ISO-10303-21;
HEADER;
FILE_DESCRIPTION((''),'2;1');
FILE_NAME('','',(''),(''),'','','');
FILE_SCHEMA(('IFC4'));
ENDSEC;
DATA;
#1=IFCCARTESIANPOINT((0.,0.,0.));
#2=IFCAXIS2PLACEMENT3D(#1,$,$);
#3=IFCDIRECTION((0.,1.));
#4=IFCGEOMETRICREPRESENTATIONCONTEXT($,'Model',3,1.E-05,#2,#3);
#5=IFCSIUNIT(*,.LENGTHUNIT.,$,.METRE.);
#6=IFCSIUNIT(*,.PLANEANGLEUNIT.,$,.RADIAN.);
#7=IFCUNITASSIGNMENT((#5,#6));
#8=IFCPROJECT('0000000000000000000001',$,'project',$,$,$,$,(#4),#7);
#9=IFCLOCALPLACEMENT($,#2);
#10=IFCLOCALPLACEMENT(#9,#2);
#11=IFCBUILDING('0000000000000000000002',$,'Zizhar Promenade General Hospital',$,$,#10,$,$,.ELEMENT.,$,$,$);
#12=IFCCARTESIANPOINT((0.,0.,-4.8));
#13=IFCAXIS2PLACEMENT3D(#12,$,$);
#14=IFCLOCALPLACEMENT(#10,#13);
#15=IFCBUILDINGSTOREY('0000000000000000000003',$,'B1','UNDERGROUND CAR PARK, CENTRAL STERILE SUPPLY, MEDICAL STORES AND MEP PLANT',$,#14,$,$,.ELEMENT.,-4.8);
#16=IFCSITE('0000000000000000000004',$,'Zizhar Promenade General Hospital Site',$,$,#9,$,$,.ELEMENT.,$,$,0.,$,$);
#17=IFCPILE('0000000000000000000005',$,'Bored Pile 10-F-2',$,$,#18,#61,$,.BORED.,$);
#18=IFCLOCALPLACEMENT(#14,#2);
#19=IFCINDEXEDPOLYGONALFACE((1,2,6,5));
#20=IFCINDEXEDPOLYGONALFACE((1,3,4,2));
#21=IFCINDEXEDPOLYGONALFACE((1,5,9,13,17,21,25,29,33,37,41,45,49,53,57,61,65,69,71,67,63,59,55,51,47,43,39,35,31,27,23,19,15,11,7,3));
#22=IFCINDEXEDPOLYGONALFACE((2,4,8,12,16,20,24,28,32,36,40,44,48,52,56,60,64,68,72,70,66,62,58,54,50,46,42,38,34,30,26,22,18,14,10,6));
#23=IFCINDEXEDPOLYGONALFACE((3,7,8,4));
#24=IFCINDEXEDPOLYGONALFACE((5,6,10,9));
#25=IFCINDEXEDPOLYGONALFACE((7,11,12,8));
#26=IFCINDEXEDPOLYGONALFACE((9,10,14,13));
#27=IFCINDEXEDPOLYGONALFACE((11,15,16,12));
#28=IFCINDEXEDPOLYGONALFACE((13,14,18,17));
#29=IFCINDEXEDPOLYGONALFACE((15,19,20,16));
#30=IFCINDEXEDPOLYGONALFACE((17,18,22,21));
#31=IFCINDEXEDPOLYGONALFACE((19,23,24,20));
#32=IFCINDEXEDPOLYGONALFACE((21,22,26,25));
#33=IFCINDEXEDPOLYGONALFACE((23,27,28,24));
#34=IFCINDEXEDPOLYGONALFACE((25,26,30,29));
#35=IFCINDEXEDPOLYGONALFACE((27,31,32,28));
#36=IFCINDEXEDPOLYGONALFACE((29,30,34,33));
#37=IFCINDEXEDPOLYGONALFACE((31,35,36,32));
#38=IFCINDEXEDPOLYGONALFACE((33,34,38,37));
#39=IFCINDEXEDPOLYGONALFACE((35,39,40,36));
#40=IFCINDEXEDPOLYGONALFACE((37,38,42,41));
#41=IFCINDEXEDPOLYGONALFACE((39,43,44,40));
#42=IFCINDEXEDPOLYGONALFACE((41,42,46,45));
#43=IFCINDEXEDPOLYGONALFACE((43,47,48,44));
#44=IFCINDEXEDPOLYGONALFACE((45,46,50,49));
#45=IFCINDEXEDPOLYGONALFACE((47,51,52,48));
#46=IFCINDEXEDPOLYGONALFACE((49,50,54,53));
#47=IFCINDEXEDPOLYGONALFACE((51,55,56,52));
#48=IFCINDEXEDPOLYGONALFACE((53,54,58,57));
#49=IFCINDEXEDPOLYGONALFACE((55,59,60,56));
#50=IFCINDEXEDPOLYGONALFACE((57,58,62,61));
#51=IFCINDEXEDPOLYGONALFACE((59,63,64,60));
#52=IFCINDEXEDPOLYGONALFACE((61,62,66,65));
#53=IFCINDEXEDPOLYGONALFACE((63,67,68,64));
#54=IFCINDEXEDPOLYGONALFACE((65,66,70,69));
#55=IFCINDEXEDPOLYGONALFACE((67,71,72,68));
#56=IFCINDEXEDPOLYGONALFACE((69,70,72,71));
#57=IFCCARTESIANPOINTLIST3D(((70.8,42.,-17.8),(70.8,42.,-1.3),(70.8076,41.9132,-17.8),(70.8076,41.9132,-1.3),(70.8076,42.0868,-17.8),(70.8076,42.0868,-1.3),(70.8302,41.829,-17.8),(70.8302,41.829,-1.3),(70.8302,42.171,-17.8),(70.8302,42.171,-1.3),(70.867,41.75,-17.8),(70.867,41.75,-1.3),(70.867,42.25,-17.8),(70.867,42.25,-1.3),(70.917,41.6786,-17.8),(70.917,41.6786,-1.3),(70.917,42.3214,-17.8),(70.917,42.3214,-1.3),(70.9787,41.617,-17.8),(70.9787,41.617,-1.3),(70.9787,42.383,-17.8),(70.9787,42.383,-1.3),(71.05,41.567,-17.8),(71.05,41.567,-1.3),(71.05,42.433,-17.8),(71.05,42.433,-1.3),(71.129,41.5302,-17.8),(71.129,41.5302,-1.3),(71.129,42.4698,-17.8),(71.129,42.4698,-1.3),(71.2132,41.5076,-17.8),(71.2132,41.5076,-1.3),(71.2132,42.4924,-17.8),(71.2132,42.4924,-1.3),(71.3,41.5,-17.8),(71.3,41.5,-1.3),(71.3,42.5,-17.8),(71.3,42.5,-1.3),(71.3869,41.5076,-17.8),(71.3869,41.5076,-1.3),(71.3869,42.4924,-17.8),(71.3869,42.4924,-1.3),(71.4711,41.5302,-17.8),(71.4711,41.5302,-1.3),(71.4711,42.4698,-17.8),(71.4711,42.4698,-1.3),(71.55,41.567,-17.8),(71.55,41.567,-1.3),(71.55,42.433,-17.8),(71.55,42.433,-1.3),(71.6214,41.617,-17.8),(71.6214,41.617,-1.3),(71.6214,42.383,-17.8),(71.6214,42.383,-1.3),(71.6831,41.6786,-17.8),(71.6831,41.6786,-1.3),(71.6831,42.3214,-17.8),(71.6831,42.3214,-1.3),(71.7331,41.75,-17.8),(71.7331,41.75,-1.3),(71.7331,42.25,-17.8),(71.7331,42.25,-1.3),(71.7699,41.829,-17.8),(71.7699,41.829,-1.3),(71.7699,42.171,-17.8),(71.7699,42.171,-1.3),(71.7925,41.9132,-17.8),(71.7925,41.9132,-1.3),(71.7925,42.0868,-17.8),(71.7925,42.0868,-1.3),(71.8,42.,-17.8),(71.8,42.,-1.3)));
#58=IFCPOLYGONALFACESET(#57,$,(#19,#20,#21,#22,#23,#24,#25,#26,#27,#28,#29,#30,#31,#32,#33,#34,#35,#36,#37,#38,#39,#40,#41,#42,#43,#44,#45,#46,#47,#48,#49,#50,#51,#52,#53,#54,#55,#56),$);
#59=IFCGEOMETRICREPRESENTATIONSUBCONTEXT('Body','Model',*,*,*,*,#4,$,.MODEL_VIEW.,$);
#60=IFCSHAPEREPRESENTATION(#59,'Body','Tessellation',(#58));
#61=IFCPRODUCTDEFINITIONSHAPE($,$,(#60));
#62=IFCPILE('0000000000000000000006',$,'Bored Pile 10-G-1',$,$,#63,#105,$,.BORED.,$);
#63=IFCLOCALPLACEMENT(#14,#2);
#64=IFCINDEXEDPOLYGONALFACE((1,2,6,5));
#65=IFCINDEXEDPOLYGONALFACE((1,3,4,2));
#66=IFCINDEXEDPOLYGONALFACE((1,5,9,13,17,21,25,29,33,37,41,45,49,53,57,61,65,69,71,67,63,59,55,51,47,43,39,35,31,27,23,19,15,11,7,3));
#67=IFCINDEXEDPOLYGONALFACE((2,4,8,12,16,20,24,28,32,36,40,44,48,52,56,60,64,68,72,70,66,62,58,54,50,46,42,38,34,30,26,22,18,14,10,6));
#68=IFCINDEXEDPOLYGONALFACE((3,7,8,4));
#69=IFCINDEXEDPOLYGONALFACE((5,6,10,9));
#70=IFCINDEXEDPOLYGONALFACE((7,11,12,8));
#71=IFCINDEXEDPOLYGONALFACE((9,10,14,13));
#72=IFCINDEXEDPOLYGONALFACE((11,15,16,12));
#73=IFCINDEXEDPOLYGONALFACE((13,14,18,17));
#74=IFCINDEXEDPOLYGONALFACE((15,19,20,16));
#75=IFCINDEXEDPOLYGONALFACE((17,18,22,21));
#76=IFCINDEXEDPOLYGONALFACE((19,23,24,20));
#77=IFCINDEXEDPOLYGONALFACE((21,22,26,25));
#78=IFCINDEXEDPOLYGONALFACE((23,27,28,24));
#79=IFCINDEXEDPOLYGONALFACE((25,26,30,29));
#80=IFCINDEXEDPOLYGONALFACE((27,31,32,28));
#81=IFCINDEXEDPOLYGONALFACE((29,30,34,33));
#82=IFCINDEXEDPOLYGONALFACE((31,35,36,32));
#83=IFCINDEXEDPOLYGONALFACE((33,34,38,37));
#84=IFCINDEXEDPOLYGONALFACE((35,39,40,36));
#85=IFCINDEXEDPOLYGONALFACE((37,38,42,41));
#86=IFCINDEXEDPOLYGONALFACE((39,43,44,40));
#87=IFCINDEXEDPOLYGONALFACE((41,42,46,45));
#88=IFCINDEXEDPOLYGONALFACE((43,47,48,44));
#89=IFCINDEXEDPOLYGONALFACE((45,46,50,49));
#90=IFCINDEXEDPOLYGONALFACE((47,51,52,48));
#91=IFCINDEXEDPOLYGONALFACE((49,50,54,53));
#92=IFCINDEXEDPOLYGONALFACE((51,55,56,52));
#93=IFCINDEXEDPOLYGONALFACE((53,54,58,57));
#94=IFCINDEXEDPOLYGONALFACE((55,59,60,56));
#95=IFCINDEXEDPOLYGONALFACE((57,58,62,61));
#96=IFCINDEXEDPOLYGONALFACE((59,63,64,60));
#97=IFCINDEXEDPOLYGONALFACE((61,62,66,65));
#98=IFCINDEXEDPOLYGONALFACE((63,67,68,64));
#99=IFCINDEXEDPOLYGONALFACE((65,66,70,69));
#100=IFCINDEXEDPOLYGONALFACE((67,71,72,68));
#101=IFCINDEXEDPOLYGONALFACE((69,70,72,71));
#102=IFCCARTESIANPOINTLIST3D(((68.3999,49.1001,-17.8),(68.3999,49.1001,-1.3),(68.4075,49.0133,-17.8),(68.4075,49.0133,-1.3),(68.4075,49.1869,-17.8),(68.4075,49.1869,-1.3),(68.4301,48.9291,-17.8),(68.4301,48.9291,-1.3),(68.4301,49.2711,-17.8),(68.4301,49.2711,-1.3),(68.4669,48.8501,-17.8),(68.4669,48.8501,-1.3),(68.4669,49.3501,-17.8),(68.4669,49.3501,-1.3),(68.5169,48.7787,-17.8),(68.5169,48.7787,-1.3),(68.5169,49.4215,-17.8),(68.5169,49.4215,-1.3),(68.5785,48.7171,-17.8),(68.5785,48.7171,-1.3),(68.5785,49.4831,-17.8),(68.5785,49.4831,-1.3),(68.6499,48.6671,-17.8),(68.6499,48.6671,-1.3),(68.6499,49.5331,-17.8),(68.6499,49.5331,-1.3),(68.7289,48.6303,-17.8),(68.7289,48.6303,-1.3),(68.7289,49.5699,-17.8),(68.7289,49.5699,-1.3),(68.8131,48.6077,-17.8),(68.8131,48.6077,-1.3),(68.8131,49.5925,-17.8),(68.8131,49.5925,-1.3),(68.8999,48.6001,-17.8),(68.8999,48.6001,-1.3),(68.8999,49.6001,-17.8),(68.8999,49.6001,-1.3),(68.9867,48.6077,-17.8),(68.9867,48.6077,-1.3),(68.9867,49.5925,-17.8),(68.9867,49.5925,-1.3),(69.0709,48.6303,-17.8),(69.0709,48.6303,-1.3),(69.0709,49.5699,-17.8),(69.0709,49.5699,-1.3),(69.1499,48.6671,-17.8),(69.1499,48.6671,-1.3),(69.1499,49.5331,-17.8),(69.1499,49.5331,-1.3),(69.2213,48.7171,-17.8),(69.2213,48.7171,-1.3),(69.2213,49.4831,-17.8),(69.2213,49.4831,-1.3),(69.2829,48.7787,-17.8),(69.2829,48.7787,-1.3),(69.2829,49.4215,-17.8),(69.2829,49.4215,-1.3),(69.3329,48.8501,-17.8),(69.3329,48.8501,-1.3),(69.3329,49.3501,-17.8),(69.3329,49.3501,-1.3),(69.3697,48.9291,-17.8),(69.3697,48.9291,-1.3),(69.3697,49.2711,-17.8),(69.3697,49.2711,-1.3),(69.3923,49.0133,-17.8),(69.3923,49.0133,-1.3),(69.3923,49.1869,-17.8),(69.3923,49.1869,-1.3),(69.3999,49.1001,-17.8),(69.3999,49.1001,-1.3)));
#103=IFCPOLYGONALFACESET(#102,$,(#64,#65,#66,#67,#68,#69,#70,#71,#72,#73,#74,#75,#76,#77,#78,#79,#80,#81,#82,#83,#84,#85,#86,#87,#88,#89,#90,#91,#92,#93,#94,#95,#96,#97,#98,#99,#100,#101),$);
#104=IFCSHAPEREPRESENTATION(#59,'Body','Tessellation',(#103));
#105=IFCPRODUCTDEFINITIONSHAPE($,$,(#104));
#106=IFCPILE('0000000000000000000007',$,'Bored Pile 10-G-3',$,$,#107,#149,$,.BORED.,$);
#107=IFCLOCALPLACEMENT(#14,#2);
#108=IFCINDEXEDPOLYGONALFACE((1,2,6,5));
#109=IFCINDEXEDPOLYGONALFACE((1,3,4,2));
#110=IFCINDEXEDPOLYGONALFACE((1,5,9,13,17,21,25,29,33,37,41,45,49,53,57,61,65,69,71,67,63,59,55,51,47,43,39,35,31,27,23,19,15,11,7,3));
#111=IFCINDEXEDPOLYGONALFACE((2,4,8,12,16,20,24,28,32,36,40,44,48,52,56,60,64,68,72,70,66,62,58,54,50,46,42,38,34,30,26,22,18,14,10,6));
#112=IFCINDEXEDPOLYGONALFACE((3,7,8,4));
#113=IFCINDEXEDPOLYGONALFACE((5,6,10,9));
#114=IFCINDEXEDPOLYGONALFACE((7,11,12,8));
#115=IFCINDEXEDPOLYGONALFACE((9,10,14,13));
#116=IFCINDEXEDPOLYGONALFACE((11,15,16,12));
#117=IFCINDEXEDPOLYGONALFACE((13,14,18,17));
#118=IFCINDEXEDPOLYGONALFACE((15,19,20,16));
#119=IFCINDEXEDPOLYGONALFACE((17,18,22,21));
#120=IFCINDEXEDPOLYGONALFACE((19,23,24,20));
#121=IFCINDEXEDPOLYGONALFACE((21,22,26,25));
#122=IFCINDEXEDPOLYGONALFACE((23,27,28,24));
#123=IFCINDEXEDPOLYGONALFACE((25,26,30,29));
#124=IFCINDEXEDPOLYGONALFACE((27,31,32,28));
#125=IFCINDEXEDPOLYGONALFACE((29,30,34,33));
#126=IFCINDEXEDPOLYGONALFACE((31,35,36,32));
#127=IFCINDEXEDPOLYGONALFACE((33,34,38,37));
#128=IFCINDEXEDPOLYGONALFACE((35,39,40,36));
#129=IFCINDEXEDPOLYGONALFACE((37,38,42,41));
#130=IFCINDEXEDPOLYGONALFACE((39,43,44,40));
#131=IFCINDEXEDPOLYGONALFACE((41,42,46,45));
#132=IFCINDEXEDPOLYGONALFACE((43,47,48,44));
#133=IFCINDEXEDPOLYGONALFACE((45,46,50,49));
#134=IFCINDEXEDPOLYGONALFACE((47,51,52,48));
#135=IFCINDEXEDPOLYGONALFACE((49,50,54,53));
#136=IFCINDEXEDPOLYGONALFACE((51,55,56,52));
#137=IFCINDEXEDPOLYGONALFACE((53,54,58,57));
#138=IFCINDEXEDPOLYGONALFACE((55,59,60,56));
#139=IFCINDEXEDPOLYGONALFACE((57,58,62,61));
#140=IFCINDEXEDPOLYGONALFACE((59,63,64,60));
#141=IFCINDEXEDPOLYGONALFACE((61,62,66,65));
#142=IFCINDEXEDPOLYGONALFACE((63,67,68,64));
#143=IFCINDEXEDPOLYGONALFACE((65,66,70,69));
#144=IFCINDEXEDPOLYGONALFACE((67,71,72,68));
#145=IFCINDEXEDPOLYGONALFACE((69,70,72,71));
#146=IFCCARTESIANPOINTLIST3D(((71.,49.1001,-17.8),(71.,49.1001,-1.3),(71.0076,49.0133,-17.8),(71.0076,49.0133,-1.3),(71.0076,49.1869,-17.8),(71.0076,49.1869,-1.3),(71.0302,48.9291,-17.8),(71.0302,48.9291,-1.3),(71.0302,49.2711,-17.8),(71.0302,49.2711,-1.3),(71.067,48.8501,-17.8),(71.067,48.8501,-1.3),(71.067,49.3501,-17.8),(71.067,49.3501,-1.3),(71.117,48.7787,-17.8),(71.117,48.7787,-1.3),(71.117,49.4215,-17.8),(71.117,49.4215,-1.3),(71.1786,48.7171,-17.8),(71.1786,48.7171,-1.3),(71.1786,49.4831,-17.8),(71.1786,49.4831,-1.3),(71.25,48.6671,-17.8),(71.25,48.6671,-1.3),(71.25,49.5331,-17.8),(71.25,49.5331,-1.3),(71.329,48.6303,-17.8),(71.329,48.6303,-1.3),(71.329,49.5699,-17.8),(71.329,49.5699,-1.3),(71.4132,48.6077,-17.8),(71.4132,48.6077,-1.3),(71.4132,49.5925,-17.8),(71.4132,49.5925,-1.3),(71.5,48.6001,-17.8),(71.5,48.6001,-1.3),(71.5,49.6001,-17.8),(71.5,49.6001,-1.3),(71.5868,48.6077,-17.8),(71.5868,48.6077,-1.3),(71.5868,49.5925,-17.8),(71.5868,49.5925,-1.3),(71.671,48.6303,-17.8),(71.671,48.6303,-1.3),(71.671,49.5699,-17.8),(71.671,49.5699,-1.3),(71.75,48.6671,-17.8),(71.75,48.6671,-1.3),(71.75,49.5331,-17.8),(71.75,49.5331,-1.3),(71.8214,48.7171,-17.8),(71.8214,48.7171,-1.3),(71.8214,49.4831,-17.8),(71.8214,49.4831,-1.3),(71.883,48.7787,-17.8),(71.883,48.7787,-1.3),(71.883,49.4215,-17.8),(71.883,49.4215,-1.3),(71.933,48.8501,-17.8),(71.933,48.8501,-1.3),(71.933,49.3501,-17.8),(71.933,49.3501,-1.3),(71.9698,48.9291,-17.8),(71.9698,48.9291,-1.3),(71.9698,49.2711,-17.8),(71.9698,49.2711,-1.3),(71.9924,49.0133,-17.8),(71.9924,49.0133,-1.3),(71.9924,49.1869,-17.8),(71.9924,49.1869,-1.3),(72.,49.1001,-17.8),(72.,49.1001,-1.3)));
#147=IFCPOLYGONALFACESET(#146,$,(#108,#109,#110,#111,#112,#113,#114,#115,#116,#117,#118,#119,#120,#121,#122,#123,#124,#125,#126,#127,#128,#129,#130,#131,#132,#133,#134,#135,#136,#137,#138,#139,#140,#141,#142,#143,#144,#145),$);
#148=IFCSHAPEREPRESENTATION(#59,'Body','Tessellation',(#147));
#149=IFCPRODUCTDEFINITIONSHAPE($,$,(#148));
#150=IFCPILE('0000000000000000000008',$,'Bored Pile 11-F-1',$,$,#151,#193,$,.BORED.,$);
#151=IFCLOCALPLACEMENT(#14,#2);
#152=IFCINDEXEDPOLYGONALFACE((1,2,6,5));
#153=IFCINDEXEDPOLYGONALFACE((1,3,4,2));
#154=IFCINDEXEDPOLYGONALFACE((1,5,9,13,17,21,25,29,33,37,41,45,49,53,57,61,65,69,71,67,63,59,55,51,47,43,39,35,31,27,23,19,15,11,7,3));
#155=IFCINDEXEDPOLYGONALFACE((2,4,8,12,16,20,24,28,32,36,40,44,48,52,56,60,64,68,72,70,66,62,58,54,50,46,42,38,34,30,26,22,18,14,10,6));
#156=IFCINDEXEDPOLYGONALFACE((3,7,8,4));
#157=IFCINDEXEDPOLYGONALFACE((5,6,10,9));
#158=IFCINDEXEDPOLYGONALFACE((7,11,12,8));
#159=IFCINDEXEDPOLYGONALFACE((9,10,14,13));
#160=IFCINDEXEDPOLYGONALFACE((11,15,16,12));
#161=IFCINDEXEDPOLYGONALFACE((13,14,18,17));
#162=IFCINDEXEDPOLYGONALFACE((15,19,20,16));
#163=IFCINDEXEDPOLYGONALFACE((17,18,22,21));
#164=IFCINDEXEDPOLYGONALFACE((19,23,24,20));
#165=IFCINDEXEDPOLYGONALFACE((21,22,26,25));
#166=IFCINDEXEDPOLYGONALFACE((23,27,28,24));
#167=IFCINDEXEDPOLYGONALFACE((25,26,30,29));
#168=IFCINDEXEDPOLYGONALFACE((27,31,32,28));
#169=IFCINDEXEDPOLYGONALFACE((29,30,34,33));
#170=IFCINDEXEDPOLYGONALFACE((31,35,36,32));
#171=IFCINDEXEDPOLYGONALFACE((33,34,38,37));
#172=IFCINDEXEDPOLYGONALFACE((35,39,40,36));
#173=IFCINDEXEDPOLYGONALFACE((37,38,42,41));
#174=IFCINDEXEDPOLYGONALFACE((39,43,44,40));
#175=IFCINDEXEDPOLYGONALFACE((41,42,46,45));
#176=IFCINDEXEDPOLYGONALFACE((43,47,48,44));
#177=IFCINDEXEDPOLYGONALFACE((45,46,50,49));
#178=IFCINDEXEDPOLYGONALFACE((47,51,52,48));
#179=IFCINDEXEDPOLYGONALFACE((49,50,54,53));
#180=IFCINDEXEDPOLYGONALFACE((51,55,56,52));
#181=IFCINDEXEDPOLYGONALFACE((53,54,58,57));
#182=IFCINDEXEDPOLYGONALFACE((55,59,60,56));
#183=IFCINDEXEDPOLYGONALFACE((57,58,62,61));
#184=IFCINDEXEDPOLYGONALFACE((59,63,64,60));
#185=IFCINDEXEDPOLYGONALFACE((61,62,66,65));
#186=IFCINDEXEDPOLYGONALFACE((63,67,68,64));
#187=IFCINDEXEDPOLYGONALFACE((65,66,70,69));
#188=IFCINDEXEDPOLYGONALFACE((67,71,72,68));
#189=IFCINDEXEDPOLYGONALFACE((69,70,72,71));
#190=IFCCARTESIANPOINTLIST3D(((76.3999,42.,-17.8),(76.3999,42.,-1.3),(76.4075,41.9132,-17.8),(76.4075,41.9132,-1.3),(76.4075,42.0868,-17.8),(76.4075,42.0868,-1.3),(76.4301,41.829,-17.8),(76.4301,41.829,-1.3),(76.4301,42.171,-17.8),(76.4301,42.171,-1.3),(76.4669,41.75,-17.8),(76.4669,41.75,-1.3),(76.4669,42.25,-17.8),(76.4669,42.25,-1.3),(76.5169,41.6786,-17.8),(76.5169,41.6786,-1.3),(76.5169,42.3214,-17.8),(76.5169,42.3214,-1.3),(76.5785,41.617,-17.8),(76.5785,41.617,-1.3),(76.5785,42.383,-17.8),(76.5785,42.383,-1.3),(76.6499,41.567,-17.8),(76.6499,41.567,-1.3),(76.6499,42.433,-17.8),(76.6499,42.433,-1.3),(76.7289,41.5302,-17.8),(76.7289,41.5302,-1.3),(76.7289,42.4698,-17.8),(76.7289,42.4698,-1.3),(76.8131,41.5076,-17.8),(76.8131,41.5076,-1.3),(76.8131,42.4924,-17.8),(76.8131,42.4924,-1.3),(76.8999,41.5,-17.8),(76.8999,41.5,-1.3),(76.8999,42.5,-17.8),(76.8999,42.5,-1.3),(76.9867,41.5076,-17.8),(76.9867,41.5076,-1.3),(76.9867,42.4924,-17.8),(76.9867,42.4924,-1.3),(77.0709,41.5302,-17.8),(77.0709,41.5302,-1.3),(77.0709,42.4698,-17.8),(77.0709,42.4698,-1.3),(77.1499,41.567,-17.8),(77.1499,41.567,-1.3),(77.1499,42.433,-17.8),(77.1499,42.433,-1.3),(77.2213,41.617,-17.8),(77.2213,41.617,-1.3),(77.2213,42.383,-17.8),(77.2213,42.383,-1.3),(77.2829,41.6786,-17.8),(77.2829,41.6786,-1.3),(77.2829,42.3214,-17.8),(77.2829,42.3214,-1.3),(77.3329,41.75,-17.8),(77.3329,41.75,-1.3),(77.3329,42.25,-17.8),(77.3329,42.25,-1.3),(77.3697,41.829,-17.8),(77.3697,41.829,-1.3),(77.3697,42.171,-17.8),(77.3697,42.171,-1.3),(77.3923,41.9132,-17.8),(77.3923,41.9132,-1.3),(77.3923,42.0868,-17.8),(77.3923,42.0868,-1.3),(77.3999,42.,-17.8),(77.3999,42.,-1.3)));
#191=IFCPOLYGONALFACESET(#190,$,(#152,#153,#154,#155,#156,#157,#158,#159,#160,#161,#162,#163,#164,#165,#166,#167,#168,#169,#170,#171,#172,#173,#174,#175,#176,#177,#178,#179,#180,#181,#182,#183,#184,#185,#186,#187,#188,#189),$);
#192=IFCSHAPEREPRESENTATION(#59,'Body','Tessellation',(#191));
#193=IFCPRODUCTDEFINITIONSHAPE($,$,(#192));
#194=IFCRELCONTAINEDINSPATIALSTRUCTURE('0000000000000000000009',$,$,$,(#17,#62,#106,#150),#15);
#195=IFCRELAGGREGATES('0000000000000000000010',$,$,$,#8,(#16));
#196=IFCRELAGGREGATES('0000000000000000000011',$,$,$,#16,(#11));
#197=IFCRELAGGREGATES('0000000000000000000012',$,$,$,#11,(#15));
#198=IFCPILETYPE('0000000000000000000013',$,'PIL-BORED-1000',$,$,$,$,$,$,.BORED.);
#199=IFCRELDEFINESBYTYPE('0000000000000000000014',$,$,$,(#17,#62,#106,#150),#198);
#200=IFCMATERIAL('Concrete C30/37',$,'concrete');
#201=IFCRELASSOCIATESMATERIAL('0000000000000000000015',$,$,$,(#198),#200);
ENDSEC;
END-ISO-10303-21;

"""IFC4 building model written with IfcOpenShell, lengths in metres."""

from ifc_helpers import new_model, si_unit, direction, frame, origin, origin_2d, place, context, subcontext, project, spatial, circle, extrude, material, material_profile, profile_set, type_object, element, save


model = new_model("IFC4")

# Units and contexts
model_context = context("Model", 3, precision=1e-05, world=origin(), true_north=direction((0.0, 1.0)))
body_context = subcontext(model_context, "Body", "Model", "MODEL_VIEW")
ifc_project = project(units=[si_unit("LENGTHUNIT", "METRE"), si_unit("PLANEANGLEUNIT", "RADIAN")], contexts=[model_context])

# Site, building, storey
site_placement = place(None, origin())
site = spatial("IfcSite", under=ifc_project, at=site_placement, Name="Zizhar Promenade General Hospital Site", CompositionType="ELEMENT", RefElevation=0.0)
building_placement = place(site_placement, origin())
building = spatial("IfcBuilding", under=site, at=building_placement, Name="Zizhar Promenade General Hospital", CompositionType="ELEMENT")
storey_placement = place(building_placement, frame((0.0, 0.0, -4.8)))
storey = spatial("IfcBuildingStorey", under=building, at=storey_placement, Name="B1", Description="UNDERGROUND CAR PARK, CENTRAL STERILE SUPPLY, MEDICAL STORES AND MEP PLANT", CompositionType="ELEMENT", Elevation=-4.8)

# Piles
ifc_material_1 = material(Name="Concrete C30/37", Category="concrete")
ifc_material_profile_1 = material_profile(ifc_material_1, circle(Radius=0.5, at=origin_2d()))
ifc_profile_set_1 = profile_set([ifc_material_profile_1], Name="Concrete C30/37")
pile_type = type_object("IfcPileType", Name="PIL-BORED-1000", PredefinedType="BORED", material=ifc_profile_set_1)
for number, where, z_axis, x_axis, name in (
    (1, (71.3, 42.0, -1.3), (0.0, 0.0, -1.0), (1.0, 0.0, 0.0), "Bored Pile 10-F-2"),
    (2, (68.8999, 49.1001, -1.3), (0.0, 0.0, -1.0), (1.0, 0.0, 0.0), "Bored Pile 10-G-1"),
    (3, (71.5, 49.1001, -1.3), (0.0, 0.0, -1.0), (1.0, 0.0, 0.0), "Bored Pile 10-G-3"),
    (4, (76.8999, 42.0, -1.3), (0.0, 0.0, -1.0), (1.0, 0.0, 0.0), "Bored Pile 11-F-1"),
):
    element("IfcPile", number, at=place(storey_placement, frame(where, z_axis=z_axis, x_axis=x_axis)), inside=storey, type_object=pile_type, Name=name, PredefinedType="BORED", context=body_context, shape_type="SweptSolid", body=[
        extrude(circle(Radius=0.5, at=origin_2d()), origin(), (0.0, 0.0, 1.0), 16.5),
    ])

save(model, "model.ifc")
